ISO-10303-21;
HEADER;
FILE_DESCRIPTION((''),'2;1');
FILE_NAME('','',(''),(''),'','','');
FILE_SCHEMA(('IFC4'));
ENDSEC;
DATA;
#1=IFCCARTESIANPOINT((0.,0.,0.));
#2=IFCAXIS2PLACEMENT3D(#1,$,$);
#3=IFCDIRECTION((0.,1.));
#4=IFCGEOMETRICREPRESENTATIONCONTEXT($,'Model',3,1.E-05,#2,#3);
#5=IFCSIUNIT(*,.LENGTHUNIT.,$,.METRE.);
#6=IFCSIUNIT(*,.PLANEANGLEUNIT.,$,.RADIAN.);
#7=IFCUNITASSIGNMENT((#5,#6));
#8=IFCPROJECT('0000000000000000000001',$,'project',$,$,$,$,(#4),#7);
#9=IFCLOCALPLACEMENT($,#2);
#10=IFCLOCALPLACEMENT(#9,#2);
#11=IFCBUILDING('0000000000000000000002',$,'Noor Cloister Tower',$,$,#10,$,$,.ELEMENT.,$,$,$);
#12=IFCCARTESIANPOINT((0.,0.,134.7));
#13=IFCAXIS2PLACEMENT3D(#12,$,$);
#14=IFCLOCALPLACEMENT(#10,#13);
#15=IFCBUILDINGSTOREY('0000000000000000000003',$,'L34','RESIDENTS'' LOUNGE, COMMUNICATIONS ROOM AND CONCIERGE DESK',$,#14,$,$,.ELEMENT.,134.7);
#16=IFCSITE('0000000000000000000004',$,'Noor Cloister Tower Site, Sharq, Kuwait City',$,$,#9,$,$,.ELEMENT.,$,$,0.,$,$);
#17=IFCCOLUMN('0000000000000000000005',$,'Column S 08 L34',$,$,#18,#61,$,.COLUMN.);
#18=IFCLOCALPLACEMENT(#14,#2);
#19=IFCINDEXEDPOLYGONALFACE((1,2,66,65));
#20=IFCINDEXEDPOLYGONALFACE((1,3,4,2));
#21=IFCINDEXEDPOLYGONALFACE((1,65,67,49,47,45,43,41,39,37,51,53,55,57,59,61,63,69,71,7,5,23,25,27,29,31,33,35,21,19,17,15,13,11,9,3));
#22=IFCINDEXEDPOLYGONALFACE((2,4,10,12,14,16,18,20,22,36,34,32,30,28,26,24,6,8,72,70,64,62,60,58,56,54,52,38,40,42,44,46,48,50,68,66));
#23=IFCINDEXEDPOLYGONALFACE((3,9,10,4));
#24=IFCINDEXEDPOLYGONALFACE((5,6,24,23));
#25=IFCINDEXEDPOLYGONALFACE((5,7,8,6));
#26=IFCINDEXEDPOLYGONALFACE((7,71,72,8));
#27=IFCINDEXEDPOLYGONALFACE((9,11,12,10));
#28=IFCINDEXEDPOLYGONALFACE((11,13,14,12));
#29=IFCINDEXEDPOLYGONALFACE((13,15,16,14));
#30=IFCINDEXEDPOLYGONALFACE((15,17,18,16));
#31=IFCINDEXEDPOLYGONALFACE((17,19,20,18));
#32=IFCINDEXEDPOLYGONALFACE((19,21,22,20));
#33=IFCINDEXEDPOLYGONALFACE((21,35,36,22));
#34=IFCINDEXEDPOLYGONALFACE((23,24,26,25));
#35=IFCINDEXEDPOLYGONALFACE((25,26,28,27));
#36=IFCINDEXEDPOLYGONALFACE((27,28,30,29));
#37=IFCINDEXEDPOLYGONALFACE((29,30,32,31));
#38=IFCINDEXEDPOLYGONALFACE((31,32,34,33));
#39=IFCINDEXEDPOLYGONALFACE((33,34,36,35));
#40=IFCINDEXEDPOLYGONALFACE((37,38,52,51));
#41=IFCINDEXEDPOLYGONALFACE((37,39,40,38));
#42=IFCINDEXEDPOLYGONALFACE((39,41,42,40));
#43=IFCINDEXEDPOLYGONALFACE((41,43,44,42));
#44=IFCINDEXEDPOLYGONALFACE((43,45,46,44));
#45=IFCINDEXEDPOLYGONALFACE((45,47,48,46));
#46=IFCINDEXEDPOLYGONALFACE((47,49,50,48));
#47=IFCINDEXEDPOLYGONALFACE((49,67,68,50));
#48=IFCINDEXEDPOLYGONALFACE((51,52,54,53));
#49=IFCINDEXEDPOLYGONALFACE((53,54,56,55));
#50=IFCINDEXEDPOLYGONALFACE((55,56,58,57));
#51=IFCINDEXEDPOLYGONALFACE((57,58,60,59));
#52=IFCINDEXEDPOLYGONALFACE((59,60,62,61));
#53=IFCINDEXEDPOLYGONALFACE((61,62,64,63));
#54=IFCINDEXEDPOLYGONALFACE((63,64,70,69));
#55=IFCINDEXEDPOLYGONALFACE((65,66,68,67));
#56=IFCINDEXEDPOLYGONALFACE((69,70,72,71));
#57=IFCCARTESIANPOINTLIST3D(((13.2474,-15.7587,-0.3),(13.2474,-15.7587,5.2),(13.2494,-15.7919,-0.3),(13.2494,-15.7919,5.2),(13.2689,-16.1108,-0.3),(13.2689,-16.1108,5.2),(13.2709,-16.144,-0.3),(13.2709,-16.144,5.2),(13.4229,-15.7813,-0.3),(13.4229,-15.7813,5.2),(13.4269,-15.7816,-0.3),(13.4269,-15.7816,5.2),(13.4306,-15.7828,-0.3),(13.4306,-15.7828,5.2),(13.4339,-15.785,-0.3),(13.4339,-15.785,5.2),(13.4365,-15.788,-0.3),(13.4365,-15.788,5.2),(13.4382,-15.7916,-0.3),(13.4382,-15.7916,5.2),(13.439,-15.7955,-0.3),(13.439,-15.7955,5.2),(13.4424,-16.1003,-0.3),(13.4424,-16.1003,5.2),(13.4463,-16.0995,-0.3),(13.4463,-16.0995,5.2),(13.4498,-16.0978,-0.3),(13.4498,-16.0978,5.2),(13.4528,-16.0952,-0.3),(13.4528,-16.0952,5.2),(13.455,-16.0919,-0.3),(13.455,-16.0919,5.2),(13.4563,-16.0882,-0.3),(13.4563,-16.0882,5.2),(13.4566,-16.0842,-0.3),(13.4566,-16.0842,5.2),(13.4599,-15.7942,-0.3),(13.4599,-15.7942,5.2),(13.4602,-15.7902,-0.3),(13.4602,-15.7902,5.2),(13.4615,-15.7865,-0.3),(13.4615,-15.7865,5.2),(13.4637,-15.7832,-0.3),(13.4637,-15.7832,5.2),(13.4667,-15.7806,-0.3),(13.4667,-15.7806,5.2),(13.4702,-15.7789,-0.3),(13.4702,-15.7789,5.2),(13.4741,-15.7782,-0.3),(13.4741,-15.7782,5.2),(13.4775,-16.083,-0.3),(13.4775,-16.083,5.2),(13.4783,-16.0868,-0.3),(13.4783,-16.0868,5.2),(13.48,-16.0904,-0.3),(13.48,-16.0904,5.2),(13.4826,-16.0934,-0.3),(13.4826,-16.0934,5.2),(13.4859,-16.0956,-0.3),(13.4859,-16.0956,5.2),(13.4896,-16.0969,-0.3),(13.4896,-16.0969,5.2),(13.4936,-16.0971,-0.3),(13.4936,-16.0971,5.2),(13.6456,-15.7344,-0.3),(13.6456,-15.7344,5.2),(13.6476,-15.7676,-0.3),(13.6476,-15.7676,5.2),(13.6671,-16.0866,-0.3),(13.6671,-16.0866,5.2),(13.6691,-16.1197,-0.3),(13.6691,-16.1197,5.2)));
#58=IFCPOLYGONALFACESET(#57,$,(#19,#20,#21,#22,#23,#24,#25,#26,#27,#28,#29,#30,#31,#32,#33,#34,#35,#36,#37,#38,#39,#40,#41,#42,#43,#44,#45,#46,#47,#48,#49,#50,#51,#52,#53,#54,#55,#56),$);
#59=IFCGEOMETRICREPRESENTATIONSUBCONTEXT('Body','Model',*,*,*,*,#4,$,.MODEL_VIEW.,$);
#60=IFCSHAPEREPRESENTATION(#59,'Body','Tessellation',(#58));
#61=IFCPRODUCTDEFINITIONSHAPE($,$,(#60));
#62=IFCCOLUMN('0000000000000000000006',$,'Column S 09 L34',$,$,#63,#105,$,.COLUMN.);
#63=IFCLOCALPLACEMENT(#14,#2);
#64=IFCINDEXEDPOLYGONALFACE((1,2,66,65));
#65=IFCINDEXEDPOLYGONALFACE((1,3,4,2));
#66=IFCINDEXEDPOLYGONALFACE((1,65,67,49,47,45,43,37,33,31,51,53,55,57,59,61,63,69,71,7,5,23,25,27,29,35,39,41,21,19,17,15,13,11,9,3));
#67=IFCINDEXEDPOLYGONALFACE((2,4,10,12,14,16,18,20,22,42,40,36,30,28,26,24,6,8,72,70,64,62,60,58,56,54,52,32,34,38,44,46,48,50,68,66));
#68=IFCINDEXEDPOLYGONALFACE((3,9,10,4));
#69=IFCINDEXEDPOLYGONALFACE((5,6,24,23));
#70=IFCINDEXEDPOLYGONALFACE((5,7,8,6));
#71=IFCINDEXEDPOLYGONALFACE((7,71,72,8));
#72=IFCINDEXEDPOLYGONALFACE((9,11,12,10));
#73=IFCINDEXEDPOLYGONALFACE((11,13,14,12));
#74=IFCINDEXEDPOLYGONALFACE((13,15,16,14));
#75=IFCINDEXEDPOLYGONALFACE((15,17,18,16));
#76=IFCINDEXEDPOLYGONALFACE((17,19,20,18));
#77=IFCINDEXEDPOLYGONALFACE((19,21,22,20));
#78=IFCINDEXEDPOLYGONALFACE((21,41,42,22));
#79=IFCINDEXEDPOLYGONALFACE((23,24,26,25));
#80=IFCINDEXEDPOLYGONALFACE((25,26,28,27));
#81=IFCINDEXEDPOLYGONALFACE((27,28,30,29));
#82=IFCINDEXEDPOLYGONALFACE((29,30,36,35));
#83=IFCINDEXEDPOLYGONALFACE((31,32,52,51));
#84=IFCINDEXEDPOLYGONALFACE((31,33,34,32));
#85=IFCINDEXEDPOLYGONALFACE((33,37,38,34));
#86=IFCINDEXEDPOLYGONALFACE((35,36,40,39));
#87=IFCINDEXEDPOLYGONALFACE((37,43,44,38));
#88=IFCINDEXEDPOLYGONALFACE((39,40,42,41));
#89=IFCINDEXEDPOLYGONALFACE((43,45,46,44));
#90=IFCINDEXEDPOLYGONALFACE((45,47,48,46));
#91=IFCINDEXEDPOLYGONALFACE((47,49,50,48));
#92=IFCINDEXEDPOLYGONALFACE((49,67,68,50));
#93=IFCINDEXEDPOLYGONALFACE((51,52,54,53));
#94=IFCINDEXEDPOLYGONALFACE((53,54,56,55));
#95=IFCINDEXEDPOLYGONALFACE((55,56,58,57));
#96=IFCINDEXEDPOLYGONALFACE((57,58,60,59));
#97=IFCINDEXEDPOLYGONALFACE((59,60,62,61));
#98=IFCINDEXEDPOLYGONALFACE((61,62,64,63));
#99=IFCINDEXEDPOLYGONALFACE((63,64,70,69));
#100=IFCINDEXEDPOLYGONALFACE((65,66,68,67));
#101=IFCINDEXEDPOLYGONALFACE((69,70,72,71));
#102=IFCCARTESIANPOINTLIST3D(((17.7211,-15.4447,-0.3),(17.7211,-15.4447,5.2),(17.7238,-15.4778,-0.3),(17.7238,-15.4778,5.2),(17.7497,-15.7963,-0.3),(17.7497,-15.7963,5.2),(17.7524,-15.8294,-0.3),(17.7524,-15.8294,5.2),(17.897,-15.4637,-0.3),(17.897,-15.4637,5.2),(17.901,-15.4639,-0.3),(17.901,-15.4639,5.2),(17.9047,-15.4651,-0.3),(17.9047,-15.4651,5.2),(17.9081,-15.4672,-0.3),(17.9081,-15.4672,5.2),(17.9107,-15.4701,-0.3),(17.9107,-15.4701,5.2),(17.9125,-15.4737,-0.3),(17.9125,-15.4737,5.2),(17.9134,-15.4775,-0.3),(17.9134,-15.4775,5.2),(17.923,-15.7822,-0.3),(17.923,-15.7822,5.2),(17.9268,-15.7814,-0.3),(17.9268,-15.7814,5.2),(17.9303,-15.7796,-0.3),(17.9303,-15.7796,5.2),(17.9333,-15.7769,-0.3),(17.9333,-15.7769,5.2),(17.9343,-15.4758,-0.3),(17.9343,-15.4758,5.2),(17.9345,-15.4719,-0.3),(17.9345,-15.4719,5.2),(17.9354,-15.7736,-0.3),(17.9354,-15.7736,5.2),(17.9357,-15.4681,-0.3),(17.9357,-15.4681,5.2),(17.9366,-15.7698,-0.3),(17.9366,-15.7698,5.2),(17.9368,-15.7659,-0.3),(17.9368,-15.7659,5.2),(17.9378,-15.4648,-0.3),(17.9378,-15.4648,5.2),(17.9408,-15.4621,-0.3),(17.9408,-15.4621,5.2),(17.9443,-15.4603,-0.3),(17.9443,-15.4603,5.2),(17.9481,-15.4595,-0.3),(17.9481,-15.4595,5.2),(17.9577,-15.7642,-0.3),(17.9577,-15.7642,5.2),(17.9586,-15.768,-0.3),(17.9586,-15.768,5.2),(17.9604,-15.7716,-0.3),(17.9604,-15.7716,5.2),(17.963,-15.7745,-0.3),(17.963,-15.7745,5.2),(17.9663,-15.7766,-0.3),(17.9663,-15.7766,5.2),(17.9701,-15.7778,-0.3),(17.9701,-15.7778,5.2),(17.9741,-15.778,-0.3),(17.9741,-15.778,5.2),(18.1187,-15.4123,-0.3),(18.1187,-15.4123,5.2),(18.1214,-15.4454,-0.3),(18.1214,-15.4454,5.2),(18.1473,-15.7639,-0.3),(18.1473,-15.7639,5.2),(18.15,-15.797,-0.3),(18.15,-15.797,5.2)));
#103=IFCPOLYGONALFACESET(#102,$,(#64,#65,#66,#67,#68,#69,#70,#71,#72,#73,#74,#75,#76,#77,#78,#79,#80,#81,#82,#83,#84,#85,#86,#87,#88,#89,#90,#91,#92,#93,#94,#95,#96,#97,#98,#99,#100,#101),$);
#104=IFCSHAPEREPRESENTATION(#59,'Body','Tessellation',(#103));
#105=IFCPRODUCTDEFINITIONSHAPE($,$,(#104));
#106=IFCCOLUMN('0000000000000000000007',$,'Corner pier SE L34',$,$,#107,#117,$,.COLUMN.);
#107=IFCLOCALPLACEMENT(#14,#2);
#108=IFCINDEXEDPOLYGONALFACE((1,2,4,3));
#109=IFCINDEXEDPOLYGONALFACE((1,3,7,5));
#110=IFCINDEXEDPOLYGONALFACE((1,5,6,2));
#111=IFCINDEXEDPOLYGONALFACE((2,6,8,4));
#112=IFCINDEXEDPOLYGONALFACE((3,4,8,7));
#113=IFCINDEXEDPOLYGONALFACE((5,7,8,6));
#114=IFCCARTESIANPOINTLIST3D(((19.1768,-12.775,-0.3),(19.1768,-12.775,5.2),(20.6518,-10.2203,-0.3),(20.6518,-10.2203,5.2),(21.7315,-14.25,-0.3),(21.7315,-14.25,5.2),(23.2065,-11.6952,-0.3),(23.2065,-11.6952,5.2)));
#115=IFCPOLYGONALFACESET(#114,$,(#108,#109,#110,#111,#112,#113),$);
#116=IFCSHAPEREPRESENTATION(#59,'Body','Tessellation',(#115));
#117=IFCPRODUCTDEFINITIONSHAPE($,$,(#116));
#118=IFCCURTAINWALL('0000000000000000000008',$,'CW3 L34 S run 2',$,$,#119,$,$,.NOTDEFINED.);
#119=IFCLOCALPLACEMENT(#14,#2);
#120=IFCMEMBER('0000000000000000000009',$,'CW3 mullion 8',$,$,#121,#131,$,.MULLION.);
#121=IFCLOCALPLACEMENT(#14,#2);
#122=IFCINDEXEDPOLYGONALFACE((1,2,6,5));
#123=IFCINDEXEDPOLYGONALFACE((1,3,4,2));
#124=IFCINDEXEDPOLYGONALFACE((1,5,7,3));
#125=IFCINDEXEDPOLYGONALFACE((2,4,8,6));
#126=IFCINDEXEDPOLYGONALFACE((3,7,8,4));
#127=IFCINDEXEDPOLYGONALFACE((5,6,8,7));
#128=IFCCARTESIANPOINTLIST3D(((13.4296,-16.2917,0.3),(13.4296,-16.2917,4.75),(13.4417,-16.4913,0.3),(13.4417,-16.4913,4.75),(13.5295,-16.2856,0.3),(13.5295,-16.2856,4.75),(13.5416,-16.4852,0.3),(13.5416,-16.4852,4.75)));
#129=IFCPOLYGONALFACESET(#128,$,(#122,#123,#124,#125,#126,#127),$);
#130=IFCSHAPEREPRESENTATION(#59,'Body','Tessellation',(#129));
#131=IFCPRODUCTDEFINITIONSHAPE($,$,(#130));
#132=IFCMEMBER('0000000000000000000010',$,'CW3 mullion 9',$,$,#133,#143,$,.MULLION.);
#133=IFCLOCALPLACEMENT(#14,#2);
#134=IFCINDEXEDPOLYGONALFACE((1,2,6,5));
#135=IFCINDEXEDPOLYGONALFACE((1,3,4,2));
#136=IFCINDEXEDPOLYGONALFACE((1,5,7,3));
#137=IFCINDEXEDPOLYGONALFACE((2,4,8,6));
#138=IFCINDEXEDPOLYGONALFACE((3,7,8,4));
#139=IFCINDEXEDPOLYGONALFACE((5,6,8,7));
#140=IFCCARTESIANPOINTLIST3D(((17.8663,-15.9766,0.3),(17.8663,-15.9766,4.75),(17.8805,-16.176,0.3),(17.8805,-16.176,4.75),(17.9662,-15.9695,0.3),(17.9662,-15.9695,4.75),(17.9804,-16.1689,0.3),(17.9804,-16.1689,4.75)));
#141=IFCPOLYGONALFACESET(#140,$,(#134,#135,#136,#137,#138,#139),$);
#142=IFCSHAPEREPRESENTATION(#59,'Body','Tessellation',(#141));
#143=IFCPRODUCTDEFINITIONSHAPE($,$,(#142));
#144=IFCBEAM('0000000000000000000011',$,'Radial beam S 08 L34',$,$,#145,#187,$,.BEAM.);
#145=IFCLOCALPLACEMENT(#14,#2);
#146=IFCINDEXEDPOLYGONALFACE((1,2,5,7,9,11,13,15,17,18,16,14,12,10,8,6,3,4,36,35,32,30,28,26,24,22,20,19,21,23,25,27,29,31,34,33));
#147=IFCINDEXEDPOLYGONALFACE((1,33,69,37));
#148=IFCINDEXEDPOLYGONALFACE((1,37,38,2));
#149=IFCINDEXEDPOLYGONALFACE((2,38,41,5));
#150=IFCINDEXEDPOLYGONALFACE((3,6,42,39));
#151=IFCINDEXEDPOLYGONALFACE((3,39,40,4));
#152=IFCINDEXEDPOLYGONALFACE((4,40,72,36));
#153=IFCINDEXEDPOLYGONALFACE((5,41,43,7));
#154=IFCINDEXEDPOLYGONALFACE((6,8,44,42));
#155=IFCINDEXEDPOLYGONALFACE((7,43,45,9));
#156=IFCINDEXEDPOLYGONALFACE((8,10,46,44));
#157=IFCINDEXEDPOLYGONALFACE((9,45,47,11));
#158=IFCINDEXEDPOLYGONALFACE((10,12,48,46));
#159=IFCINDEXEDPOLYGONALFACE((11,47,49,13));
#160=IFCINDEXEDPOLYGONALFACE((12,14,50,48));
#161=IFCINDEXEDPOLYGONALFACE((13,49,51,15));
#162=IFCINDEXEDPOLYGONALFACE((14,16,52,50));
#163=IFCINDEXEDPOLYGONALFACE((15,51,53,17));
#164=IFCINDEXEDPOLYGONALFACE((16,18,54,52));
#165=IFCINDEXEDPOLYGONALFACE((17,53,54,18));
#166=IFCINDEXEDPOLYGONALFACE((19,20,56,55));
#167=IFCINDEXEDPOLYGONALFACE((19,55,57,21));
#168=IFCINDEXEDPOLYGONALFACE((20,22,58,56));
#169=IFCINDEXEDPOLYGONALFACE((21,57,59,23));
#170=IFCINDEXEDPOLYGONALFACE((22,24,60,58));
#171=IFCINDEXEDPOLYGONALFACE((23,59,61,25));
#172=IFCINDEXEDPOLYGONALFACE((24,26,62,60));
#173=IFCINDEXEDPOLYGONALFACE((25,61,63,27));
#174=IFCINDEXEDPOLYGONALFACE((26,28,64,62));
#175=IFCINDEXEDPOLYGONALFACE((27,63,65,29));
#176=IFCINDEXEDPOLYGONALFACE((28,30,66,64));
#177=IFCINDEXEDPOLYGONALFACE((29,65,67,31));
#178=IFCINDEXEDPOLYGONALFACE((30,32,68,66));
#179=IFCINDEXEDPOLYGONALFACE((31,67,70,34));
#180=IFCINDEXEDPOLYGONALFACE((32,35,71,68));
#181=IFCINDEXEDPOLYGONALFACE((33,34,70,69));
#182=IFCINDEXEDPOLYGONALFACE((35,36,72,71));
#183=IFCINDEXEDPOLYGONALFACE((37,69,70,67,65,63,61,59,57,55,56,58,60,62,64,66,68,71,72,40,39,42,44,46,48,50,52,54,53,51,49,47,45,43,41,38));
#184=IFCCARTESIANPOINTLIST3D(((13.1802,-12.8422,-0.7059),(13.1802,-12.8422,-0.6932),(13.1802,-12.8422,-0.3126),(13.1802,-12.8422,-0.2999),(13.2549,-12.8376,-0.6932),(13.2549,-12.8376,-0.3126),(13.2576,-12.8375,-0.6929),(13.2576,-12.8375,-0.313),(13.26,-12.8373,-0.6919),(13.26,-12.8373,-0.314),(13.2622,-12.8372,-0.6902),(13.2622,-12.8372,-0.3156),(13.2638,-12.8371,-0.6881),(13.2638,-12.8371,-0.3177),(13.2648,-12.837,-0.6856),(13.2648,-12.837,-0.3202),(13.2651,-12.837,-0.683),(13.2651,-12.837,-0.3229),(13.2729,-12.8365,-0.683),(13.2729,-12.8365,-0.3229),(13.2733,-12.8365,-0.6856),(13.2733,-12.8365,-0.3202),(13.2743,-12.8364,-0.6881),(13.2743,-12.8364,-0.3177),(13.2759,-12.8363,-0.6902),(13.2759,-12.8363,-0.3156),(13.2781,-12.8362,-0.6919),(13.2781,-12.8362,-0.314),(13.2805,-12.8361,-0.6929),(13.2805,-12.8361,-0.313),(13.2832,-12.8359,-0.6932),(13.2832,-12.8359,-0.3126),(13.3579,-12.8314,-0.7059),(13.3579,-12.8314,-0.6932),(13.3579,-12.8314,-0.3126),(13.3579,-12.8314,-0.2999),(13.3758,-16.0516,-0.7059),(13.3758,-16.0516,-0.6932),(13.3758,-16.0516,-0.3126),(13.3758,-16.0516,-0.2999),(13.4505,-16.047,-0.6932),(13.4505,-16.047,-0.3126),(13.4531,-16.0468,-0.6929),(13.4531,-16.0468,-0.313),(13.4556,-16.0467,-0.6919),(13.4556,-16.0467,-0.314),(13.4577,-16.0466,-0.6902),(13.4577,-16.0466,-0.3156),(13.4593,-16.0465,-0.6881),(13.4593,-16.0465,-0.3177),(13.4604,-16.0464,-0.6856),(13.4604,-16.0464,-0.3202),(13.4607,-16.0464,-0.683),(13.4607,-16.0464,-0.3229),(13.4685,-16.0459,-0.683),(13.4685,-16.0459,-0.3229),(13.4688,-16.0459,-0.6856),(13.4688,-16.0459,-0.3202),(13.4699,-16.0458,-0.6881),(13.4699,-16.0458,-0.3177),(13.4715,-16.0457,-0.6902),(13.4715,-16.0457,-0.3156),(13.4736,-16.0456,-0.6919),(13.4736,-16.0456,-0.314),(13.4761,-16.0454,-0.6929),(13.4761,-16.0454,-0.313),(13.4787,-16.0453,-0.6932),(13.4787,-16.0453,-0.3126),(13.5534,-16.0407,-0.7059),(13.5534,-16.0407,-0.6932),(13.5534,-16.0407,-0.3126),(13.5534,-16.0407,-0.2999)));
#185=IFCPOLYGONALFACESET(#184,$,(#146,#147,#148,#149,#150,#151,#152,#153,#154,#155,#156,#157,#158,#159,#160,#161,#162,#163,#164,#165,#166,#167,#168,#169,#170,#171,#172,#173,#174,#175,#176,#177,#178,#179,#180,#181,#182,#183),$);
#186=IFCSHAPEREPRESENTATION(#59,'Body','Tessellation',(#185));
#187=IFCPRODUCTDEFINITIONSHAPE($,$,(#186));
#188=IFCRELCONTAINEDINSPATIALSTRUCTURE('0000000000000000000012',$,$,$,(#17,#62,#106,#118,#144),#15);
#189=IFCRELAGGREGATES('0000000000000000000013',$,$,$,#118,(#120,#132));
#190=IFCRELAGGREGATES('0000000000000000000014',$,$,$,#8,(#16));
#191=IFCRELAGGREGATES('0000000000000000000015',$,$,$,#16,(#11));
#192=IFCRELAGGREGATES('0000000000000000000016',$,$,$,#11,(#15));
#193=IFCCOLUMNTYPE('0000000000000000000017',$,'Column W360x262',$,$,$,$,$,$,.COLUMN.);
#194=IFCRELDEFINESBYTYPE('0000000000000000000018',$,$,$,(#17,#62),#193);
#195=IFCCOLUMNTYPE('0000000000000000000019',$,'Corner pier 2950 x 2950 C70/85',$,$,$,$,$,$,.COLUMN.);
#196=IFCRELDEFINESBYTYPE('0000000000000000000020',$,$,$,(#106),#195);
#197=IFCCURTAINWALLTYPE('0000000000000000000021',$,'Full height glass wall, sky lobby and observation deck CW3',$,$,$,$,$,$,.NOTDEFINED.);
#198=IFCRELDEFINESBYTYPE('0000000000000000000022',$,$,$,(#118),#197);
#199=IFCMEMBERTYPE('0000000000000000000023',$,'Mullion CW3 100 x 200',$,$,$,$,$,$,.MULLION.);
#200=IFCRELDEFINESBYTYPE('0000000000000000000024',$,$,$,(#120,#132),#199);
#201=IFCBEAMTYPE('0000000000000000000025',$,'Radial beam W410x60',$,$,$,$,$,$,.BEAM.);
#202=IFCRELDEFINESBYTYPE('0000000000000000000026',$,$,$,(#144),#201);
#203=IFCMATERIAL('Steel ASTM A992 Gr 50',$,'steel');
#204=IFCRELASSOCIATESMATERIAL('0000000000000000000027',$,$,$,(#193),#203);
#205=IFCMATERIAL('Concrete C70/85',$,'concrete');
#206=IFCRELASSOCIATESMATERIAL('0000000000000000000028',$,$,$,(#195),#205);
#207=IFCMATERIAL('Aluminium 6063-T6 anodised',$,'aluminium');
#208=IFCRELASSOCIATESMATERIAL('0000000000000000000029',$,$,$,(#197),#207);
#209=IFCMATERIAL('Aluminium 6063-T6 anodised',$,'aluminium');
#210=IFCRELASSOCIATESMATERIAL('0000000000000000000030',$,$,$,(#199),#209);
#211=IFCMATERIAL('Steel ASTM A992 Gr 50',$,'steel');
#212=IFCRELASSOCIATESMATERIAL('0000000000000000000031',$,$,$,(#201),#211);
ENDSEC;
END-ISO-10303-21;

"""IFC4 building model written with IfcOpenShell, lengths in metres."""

from ifc_helpers import new_model, si_unit, direction, frame, origin, origin_2d, place, context, subcontext, project, spatial, rectangle, i_section, extrude, material, material_profile, profile_set, type_object, element, aggregate, save


model = new_model("IFC4")

# Units and contexts
model_context = context("Model", 3, precision=1e-05, world=origin(), true_north=direction((0.0, 1.0)))
body_context = subcontext(model_context, "Body", "Model", "MODEL_VIEW")
ifc_project = project(units=[si_unit("LENGTHUNIT", "METRE"), si_unit("PLANEANGLEUNIT", "RADIAN")], contexts=[model_context])

# Site, building, storey
site_placement = place(None, origin())
site = spatial("IfcSite", under=ifc_project, at=site_placement, Name="Noor Cloister Tower Site, Sharq, Kuwait City", CompositionType="ELEMENT", RefElevation=0.0)
building_placement = place(site_placement, origin())
building = spatial("IfcBuilding", under=site, at=building_placement, Name="Noor Cloister Tower", CompositionType="ELEMENT")
storey_placement = place(building_placement, frame((0.0, 0.0, 134.7)))
storey = spatial("IfcBuildingStorey", under=building, at=storey_placement, Name="L34", Description="RESIDENTS' LOUNGE, COMMUNICATIONS ROOM AND CONCIERGE DESK", CompositionType="ELEMENT", Elevation=134.7)

# Columns
ifc_material_1 = material(Name="Steel ASTM A992 Gr 50", Category="steel")
ifc_material_profile_1 = material_profile(ifc_material_1, i_section(OverallWidth=0.3989, OverallDepth=0.386, WebThickness=0.021, FlangeThickness=0.0332, FilletRadius=0.0151, at=origin_2d()), Name="W360x262")
ifc_profile_set_1 = profile_set([ifc_material_profile_1], Name="Steel ASTM A992 Gr 50")
column_type_1 = type_object("IfcColumnType", Name="Column W360x262", PredefinedType="COLUMN", material=ifc_profile_set_1)
for number, where, z_axis, x_axis, name in (
    (1, (13.4583, -15.9392, -0.3), (0.0, 0.0, 1.0), (0.998147, 0.060847, 0.0), "Column S 08 L34"),
    (2, (17.9355, -15.6208, -0.3), (0.0, 0.0, 1.0), (0.996707, 0.08109, 0.0), "Column S 09 L34"),
):
    element("IfcColumn", number, at=place(storey_placement, frame(where, z_axis=z_axis, x_axis=x_axis)), inside=storey, type_object=column_type_1, Name=name, PredefinedType="COLUMN", context=body_context, shape_type="SweptSolid", body=[
        extrude(i_section(OverallWidth=0.3989, OverallDepth=0.386, WebThickness=0.021, FlangeThickness=0.0332, FilletRadius=0.0151, at=origin_2d()), origin(), (0.0, 0.0, 1.0), 5.5),
    ])
ifc_material_2 = material(Name="Concrete C70/85", Category="concrete")
ifc_material_profile_2 = material_profile(ifc_material_2, rectangle(XDim=2.95, YDim=2.95, at=origin_2d()), Name="RC 2950x2950")
ifc_profile_set_2 = profile_set([ifc_material_profile_2], Name="Concrete C70/85")
column_type_2 = type_object("IfcColumnType", Name="Corner pier 2950 x 2950 C70/85", PredefinedType="COLUMN", material=ifc_profile_set_2)
column_placement = place(storey_placement, frame((21.1917, -12.2351, -0.3), z_axis=(0.0, 0.0, 1.0), x_axis=(0.866025, -0.5, 0.0)))
element("IfcColumn", 3, at=column_placement, inside=storey, type_object=column_type_2, Name="Corner pier SE L34", PredefinedType="COLUMN", context=body_context, shape_type="SweptSolid", body=[
    extrude(rectangle(XDim=2.95, YDim=2.95, at=origin_2d()), origin(), (0.0, 0.0, 1.0), 5.5),
])

# Curtain wall, members
ifc_material_3 = material(Name="Aluminium 6063-T6 anodised", Category="aluminium")
curtain_wall_type = type_object("IfcCurtainWallType", Name="Full height glass wall, sky lobby and observation deck CW3", PredefinedType="NOTDEFINED", material=ifc_material_3)
curtain_wall_placement = place(storey_placement, origin())
curtain_wall = element("IfcCurtainWall", 4, at=curtain_wall_placement, inside=storey, type_object=curtain_wall_type, Name="CW3 L34 S run 2", PredefinedType="NOTDEFINED")
ifc_material_4 = material(Name="Aluminium 6063-T6 anodised", Category="aluminium")
ifc_material_profile_3 = material_profile(ifc_material_4, rectangle(XDim=0.2, YDim=0.1001, at=origin_2d()), Name="200 x 100 mullion")
ifc_profile_set_3 = profile_set([ifc_material_profile_3], Name="Aluminium 6063-T6 anodised")
member_type = type_object("IfcMemberType", Name="Mullion CW3 100 x 200", PredefinedType="MULLION", material=ifc_profile_set_3)
member_1_placement = place(storey_placement, frame((13.4856, -16.3884, 0.3), z_axis=(0.0, 0.0, 1.0), x_axis=(-0.060847, 0.998147, 0.0)))
member_1 = element("IfcMember", 5, at=member_1_placement, type_object=member_type, Name="CW3 mullion 8", PredefinedType="MULLION", context=body_context, shape_type="SweptSolid", body=[
    extrude(rectangle(XDim=0.2, YDim=0.1001, at=origin_2d()), origin(), (0.0, 0.0, 1.0), 4.45),
])
member_2_placement = place(storey_placement, frame((17.9233, -16.0728, 0.3), z_axis=(0.0, 0.0, 1.0), x_axis=(-0.070972, 0.997478, 0.0)))
member_2 = element("IfcMember", 6, at=member_2_placement, type_object=member_type, Name="CW3 mullion 9", PredefinedType="MULLION", context=body_context, shape_type="SweptSolid", body=[
    extrude(rectangle(XDim=0.2, YDim=0.1001, at=origin_2d()), origin(), (0.0, 0.0, 1.0), 4.45),
])

# Beam
ifc_material_5 = material(Name="Steel ASTM A992 Gr 50", Category="steel")
ifc_material_profile_4 = material_profile(ifc_material_5, i_section(OverallWidth=0.178, OverallDepth=0.406, WebThickness=0.0078, FlangeThickness=0.0127, FilletRadius=0.0103, at=origin_2d()), Name="W410x60")
ifc_profile_set_4 = profile_set([ifc_material_profile_4], Name="Steel ASTM A992 Gr 50")
beam_type_1 = type_object("IfcBeamType", Name="Radial beam W410x60", PredefinedType="BEAM", material=ifc_profile_set_4)
beam_1_placement = place(storey_placement, frame((13.4646, -16.0461, -0.5029), z_axis=(-0.060818, 0.998149, 0.0), x_axis=(-0.998149, -0.060818, 0.0)))
element("IfcBeam", 7, at=beam_1_placement, inside=storey, type_object=beam_type_1, Name="Radial beam S 08 L34", PredefinedType="BEAM", context=body_context, shape_type="SweptSolid", body=[
    extrude(i_section(OverallWidth=0.178, OverallDepth=0.406, WebThickness=0.0078, FlangeThickness=0.0127, FilletRadius=0.0103, at=origin_2d()), origin(), (0.0, 0.0, 1.0), 3.2153),
])

aggregate(curtain_wall, [member_1, member_2])

save(model, "model.ifc")
